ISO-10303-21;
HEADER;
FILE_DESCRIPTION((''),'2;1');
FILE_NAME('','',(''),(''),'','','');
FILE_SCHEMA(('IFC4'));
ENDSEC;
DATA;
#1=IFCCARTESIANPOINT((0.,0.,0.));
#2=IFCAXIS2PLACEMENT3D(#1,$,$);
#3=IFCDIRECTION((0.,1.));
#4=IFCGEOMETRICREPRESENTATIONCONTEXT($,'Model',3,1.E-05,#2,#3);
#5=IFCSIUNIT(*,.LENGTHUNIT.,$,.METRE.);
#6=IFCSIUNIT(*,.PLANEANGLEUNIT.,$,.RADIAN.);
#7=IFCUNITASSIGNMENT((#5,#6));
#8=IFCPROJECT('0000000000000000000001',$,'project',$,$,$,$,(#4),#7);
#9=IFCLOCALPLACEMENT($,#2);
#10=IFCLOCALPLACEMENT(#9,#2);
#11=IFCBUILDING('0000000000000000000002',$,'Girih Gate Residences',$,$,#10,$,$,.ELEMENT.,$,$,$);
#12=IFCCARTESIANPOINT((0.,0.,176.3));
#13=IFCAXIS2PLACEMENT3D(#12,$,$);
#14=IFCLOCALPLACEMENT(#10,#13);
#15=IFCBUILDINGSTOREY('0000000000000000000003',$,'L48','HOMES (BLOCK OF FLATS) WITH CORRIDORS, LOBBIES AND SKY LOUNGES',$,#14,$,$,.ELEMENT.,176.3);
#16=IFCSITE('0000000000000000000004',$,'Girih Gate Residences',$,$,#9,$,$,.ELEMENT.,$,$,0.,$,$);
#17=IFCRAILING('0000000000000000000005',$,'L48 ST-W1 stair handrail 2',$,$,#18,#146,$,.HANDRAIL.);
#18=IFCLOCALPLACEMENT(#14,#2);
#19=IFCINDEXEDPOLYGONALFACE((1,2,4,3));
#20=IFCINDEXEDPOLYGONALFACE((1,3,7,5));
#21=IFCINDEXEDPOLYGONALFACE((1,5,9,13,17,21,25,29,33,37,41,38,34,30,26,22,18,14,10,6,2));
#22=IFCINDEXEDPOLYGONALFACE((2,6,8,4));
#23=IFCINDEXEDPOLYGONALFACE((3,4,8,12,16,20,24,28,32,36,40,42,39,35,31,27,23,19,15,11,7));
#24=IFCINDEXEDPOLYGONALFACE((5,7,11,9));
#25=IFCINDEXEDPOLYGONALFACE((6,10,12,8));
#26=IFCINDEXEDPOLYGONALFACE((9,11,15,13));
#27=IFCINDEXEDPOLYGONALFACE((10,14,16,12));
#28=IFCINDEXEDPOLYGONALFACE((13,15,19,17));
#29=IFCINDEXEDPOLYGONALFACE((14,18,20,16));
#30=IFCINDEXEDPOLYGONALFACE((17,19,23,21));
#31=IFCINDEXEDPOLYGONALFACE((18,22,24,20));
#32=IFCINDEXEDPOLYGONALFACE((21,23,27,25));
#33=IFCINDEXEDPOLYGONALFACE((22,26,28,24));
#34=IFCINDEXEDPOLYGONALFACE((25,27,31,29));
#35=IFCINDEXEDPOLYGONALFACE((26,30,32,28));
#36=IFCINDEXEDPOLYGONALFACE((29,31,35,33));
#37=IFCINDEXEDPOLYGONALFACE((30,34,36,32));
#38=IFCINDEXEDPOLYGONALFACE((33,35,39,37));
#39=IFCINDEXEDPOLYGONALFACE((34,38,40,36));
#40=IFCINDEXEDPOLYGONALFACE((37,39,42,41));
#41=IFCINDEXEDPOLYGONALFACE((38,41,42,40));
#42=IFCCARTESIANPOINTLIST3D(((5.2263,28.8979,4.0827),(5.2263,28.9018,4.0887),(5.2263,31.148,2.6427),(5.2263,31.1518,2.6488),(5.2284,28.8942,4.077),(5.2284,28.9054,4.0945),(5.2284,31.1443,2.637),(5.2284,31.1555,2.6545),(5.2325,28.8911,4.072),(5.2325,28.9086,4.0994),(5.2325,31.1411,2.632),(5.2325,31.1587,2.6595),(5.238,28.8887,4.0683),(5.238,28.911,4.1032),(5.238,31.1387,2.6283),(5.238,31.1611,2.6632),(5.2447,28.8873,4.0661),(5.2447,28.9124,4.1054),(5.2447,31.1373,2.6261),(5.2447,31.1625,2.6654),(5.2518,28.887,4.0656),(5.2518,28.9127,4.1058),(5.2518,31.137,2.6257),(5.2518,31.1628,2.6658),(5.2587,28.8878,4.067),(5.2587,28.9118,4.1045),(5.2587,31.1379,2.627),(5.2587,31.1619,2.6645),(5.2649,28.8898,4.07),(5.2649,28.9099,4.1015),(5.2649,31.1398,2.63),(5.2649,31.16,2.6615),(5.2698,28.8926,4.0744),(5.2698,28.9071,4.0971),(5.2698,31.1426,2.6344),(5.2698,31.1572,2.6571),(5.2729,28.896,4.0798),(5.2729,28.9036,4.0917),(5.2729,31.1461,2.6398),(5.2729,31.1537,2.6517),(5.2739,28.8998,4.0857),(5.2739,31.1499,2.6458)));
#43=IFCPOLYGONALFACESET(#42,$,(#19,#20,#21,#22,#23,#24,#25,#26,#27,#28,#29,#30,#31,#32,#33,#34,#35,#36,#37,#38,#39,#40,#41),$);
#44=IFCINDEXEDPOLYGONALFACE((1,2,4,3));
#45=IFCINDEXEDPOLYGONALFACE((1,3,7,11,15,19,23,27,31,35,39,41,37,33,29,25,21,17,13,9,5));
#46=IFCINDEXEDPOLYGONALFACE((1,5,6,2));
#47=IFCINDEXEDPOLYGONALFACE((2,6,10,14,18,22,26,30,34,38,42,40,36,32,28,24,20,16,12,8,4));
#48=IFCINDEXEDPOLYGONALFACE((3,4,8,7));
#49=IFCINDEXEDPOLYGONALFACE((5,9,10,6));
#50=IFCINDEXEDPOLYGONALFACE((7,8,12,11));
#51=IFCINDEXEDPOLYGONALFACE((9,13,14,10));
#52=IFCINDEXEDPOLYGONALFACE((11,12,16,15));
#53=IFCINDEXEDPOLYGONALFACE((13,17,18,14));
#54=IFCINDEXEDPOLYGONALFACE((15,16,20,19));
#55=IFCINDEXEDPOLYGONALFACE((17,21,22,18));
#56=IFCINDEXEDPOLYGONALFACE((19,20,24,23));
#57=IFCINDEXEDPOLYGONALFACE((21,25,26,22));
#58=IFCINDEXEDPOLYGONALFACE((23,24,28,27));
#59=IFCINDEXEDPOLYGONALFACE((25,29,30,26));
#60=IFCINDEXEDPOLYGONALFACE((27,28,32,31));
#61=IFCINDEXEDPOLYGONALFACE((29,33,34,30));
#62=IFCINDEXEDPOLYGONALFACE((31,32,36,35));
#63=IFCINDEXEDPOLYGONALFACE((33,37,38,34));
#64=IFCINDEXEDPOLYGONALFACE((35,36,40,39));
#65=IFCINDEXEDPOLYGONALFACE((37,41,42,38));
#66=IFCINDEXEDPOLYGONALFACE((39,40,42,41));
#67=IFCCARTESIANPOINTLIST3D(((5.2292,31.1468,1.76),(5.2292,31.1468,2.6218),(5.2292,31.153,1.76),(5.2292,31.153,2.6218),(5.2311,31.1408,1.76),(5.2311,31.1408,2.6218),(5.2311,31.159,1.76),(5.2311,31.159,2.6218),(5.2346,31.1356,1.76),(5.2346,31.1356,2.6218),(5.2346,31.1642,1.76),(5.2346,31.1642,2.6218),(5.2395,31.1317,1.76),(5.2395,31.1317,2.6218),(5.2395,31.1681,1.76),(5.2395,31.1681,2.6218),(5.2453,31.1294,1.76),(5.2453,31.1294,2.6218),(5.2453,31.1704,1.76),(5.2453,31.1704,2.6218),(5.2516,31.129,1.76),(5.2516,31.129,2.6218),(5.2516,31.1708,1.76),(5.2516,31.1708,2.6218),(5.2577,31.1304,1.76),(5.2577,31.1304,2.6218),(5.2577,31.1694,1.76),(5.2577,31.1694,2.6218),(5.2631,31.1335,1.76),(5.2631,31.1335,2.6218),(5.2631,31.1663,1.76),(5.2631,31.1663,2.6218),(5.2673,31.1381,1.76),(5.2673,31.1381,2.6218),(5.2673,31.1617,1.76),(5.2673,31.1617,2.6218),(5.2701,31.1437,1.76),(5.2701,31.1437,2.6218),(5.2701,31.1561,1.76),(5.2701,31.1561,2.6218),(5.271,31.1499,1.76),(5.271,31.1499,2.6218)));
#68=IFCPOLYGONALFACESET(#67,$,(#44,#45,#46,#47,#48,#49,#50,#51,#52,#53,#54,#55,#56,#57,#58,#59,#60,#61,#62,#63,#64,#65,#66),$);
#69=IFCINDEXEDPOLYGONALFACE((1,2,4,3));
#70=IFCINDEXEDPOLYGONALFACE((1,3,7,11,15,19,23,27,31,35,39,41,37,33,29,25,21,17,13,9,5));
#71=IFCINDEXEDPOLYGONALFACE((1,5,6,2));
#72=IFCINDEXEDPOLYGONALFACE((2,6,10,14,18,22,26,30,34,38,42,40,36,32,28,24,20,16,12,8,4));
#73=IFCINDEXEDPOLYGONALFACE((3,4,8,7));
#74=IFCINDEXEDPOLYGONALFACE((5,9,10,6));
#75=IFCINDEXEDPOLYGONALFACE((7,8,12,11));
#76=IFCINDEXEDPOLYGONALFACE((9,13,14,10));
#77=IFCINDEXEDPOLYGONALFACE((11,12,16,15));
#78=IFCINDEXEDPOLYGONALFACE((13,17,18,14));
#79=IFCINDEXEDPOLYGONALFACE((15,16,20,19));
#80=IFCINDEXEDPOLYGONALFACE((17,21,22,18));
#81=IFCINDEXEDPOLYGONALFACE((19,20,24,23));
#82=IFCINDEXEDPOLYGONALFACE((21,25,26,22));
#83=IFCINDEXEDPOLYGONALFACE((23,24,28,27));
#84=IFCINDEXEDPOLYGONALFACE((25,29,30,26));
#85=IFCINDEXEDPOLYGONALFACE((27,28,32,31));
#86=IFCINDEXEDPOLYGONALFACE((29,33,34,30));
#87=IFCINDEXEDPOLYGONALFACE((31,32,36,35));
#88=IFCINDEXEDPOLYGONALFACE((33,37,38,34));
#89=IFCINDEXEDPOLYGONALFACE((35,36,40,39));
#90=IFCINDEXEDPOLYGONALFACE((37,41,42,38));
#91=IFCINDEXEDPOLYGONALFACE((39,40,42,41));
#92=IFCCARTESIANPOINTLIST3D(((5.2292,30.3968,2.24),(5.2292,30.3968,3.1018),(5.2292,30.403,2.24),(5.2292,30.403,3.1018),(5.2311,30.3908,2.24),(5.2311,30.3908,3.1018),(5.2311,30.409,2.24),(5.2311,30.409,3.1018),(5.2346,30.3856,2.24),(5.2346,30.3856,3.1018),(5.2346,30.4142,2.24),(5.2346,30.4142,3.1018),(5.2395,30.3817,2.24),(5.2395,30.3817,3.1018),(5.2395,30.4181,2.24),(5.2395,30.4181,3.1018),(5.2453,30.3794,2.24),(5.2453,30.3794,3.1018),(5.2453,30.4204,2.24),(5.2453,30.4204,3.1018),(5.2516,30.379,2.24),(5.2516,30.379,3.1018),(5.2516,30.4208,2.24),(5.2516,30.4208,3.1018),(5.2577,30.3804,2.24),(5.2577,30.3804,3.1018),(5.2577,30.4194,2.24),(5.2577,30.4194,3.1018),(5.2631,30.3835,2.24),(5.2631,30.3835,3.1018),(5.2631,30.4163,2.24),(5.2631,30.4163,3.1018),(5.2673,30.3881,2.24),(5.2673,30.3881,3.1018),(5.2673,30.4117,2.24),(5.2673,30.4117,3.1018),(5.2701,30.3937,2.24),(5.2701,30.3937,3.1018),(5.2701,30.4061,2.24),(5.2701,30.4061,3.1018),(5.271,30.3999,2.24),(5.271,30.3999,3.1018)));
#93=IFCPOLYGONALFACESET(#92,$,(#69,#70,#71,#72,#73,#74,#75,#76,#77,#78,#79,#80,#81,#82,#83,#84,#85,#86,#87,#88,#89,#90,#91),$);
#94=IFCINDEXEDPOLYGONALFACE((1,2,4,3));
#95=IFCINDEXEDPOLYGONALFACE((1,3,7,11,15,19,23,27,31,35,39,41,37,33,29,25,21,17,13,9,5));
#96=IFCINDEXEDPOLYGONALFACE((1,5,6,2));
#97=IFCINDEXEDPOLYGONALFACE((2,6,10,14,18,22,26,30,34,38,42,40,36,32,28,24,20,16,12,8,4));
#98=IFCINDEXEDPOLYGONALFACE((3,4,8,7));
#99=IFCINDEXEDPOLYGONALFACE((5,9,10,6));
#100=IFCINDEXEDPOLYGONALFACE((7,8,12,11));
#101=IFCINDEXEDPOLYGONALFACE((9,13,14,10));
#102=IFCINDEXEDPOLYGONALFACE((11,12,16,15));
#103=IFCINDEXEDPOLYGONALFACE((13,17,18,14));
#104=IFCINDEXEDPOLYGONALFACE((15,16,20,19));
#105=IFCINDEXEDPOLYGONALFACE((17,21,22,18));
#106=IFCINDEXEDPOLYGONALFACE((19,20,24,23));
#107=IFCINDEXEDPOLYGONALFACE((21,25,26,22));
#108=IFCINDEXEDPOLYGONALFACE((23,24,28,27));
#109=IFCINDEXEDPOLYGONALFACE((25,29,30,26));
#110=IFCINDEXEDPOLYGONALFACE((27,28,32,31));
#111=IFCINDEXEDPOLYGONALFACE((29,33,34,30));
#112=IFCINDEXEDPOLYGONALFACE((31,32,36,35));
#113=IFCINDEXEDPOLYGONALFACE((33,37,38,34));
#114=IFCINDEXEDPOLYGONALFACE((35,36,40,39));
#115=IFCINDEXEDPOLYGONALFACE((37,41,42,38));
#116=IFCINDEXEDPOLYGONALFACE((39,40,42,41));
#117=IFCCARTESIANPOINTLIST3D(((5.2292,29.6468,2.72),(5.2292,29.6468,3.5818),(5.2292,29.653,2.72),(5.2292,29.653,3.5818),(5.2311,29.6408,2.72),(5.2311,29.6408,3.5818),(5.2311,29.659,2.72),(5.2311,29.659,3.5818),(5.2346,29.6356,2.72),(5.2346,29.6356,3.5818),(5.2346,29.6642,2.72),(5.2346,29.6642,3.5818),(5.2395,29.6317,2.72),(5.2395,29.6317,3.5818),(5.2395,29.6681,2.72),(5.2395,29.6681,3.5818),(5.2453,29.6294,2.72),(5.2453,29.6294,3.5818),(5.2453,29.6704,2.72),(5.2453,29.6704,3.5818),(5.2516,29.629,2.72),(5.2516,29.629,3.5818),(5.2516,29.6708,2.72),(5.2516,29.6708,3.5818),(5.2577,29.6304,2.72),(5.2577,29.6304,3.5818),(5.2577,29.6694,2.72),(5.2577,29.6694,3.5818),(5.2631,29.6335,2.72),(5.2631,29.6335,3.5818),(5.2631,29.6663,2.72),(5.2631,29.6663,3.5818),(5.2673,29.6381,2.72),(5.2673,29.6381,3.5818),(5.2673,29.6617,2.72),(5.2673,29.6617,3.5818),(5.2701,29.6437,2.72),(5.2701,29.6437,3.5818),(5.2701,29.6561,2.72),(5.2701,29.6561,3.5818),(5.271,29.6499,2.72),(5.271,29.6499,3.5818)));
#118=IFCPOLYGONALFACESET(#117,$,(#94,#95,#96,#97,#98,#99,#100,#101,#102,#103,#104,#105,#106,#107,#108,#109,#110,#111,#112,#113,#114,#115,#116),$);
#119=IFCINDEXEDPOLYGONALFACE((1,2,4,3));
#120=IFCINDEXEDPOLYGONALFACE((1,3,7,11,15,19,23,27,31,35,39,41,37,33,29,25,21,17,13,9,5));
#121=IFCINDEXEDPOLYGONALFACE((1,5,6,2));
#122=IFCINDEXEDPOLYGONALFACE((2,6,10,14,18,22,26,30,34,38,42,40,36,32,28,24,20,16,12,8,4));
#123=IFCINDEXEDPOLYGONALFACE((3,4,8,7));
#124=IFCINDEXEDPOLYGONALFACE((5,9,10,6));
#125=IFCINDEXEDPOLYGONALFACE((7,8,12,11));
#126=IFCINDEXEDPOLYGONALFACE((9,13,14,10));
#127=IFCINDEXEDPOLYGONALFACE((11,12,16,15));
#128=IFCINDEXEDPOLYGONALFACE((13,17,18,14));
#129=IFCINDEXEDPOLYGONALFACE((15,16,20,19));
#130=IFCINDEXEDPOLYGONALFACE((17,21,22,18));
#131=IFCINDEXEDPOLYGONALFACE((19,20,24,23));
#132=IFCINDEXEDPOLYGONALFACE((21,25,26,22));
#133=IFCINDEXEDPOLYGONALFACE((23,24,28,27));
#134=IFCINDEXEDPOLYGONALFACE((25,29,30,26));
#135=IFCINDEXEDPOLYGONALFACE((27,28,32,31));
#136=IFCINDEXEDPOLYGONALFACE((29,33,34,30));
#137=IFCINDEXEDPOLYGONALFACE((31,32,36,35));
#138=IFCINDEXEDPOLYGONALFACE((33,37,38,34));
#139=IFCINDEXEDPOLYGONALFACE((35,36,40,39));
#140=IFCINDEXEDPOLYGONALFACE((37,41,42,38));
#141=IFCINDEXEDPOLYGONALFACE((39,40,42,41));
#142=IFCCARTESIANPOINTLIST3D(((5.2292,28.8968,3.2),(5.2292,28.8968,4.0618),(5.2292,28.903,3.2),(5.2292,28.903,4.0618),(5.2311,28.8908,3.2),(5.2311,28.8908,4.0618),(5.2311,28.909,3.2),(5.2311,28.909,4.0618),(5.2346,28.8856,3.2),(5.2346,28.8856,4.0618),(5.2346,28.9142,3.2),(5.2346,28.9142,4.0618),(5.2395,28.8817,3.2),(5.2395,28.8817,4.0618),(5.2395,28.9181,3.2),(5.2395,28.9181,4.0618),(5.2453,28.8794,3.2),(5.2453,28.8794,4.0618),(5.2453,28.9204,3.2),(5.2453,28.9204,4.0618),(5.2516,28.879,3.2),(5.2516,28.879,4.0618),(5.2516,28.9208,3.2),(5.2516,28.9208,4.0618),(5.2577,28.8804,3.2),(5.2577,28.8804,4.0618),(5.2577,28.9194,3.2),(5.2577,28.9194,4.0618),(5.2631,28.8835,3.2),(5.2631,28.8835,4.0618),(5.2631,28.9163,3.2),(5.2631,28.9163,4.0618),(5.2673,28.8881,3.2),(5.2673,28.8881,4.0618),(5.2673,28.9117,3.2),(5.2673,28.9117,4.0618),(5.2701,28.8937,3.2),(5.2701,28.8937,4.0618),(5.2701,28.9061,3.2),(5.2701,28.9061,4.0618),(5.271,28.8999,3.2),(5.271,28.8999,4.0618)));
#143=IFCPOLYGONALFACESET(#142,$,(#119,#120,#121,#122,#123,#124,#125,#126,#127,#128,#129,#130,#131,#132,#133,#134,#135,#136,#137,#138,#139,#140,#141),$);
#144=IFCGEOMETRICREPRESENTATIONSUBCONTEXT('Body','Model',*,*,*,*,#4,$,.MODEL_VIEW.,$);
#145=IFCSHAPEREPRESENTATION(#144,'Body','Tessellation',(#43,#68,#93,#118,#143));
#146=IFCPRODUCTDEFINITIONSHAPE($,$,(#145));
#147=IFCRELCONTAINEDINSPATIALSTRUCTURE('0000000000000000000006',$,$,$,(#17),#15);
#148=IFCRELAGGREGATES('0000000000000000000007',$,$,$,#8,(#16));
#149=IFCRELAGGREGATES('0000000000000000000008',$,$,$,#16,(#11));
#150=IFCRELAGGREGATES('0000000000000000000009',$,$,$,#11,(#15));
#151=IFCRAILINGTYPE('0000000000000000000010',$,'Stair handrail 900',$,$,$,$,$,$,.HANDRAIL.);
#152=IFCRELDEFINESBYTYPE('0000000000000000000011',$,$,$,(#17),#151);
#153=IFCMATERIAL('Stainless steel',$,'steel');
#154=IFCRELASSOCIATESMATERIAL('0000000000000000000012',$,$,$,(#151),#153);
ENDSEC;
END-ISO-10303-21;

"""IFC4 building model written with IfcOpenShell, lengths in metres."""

from ifc_helpers import new_model, si_unit, direction, frame, origin, origin_2d, place, context, subcontext, project, spatial, circle, extrude, material, type_object, element, save


model = new_model("IFC4")

# Units and contexts
model_context = context("Model", 3, precision=1e-05, world=origin(), true_north=direction((0.0, 1.0)))
body_context = subcontext(model_context, "Body", "Model", "MODEL_VIEW")
ifc_project = project(units=[si_unit("LENGTHUNIT", "METRE"), si_unit("PLANEANGLEUNIT", "RADIAN")], contexts=[model_context])

# Site, building, storey
site_placement = place(None, origin())
site = spatial("IfcSite", under=ifc_project, at=site_placement, Name="Girih Gate Residences", CompositionType="ELEMENT", RefElevation=0.0)
building_placement = place(site_placement, origin())
building = spatial("IfcBuilding", under=site, at=building_placement, Name="Girih Gate Residences", CompositionType="ELEMENT")
storey_placement = place(building_placement, frame((0.0, 0.0, 176.3)))
storey = spatial("IfcBuildingStorey", under=building, at=storey_placement, Name="L48", Description="HOMES (BLOCK OF FLATS) WITH CORRIDORS, LOBBIES AND SKY LOUNGES", CompositionType="ELEMENT", Elevation=176.3)

# Shared definitions
ifc_material_1 = material(Name="Stainless steel", Category="steel")

# Railing
railing_type = type_object("IfcRailingType", Name="Stair handrail 900", PredefinedType="HANDRAIL", material=ifc_material_1)
railing_placement = place(storey_placement, frame((5.25, 31.1499, 1.76)))
element("IfcRailing", 1, at=railing_placement, inside=storey, type_object=railing_type, Name="L48 ST-W1 stair handrail 2", PredefinedType="HANDRAIL", context=body_context, shape_type="SweptSolid", body=[
    extrude(circle(Radius=0.0239, at=origin_2d()), frame((0.0, 0.0, 0.8857), z_axis=(0.0, -0.842281, 0.539038), x_axis=(1.0, 0.0, 0.0)), (0.0, 0.0, 1.0), 2.6714),
    extrude(circle(Radius=0.021, at=origin_2d()), origin(), (0.0, 0.0, 1.0), 0.8618),
    extrude(circle(Radius=0.021, at=origin_2d()), frame((0.0, -0.75, 0.48)), (0.0, 0.0, 1.0), 0.8618),
    extrude(circle(Radius=0.021, at=origin_2d()), frame((0.0, -1.5, 0.96)), (0.0, 0.0, 1.0), 0.8618),
    extrude(circle(Radius=0.021, at=origin_2d()), frame((0.0, -2.25, 1.4399)), (0.0, 0.0, 1.0), 0.8618),
])

save(model, "model.ifc")
